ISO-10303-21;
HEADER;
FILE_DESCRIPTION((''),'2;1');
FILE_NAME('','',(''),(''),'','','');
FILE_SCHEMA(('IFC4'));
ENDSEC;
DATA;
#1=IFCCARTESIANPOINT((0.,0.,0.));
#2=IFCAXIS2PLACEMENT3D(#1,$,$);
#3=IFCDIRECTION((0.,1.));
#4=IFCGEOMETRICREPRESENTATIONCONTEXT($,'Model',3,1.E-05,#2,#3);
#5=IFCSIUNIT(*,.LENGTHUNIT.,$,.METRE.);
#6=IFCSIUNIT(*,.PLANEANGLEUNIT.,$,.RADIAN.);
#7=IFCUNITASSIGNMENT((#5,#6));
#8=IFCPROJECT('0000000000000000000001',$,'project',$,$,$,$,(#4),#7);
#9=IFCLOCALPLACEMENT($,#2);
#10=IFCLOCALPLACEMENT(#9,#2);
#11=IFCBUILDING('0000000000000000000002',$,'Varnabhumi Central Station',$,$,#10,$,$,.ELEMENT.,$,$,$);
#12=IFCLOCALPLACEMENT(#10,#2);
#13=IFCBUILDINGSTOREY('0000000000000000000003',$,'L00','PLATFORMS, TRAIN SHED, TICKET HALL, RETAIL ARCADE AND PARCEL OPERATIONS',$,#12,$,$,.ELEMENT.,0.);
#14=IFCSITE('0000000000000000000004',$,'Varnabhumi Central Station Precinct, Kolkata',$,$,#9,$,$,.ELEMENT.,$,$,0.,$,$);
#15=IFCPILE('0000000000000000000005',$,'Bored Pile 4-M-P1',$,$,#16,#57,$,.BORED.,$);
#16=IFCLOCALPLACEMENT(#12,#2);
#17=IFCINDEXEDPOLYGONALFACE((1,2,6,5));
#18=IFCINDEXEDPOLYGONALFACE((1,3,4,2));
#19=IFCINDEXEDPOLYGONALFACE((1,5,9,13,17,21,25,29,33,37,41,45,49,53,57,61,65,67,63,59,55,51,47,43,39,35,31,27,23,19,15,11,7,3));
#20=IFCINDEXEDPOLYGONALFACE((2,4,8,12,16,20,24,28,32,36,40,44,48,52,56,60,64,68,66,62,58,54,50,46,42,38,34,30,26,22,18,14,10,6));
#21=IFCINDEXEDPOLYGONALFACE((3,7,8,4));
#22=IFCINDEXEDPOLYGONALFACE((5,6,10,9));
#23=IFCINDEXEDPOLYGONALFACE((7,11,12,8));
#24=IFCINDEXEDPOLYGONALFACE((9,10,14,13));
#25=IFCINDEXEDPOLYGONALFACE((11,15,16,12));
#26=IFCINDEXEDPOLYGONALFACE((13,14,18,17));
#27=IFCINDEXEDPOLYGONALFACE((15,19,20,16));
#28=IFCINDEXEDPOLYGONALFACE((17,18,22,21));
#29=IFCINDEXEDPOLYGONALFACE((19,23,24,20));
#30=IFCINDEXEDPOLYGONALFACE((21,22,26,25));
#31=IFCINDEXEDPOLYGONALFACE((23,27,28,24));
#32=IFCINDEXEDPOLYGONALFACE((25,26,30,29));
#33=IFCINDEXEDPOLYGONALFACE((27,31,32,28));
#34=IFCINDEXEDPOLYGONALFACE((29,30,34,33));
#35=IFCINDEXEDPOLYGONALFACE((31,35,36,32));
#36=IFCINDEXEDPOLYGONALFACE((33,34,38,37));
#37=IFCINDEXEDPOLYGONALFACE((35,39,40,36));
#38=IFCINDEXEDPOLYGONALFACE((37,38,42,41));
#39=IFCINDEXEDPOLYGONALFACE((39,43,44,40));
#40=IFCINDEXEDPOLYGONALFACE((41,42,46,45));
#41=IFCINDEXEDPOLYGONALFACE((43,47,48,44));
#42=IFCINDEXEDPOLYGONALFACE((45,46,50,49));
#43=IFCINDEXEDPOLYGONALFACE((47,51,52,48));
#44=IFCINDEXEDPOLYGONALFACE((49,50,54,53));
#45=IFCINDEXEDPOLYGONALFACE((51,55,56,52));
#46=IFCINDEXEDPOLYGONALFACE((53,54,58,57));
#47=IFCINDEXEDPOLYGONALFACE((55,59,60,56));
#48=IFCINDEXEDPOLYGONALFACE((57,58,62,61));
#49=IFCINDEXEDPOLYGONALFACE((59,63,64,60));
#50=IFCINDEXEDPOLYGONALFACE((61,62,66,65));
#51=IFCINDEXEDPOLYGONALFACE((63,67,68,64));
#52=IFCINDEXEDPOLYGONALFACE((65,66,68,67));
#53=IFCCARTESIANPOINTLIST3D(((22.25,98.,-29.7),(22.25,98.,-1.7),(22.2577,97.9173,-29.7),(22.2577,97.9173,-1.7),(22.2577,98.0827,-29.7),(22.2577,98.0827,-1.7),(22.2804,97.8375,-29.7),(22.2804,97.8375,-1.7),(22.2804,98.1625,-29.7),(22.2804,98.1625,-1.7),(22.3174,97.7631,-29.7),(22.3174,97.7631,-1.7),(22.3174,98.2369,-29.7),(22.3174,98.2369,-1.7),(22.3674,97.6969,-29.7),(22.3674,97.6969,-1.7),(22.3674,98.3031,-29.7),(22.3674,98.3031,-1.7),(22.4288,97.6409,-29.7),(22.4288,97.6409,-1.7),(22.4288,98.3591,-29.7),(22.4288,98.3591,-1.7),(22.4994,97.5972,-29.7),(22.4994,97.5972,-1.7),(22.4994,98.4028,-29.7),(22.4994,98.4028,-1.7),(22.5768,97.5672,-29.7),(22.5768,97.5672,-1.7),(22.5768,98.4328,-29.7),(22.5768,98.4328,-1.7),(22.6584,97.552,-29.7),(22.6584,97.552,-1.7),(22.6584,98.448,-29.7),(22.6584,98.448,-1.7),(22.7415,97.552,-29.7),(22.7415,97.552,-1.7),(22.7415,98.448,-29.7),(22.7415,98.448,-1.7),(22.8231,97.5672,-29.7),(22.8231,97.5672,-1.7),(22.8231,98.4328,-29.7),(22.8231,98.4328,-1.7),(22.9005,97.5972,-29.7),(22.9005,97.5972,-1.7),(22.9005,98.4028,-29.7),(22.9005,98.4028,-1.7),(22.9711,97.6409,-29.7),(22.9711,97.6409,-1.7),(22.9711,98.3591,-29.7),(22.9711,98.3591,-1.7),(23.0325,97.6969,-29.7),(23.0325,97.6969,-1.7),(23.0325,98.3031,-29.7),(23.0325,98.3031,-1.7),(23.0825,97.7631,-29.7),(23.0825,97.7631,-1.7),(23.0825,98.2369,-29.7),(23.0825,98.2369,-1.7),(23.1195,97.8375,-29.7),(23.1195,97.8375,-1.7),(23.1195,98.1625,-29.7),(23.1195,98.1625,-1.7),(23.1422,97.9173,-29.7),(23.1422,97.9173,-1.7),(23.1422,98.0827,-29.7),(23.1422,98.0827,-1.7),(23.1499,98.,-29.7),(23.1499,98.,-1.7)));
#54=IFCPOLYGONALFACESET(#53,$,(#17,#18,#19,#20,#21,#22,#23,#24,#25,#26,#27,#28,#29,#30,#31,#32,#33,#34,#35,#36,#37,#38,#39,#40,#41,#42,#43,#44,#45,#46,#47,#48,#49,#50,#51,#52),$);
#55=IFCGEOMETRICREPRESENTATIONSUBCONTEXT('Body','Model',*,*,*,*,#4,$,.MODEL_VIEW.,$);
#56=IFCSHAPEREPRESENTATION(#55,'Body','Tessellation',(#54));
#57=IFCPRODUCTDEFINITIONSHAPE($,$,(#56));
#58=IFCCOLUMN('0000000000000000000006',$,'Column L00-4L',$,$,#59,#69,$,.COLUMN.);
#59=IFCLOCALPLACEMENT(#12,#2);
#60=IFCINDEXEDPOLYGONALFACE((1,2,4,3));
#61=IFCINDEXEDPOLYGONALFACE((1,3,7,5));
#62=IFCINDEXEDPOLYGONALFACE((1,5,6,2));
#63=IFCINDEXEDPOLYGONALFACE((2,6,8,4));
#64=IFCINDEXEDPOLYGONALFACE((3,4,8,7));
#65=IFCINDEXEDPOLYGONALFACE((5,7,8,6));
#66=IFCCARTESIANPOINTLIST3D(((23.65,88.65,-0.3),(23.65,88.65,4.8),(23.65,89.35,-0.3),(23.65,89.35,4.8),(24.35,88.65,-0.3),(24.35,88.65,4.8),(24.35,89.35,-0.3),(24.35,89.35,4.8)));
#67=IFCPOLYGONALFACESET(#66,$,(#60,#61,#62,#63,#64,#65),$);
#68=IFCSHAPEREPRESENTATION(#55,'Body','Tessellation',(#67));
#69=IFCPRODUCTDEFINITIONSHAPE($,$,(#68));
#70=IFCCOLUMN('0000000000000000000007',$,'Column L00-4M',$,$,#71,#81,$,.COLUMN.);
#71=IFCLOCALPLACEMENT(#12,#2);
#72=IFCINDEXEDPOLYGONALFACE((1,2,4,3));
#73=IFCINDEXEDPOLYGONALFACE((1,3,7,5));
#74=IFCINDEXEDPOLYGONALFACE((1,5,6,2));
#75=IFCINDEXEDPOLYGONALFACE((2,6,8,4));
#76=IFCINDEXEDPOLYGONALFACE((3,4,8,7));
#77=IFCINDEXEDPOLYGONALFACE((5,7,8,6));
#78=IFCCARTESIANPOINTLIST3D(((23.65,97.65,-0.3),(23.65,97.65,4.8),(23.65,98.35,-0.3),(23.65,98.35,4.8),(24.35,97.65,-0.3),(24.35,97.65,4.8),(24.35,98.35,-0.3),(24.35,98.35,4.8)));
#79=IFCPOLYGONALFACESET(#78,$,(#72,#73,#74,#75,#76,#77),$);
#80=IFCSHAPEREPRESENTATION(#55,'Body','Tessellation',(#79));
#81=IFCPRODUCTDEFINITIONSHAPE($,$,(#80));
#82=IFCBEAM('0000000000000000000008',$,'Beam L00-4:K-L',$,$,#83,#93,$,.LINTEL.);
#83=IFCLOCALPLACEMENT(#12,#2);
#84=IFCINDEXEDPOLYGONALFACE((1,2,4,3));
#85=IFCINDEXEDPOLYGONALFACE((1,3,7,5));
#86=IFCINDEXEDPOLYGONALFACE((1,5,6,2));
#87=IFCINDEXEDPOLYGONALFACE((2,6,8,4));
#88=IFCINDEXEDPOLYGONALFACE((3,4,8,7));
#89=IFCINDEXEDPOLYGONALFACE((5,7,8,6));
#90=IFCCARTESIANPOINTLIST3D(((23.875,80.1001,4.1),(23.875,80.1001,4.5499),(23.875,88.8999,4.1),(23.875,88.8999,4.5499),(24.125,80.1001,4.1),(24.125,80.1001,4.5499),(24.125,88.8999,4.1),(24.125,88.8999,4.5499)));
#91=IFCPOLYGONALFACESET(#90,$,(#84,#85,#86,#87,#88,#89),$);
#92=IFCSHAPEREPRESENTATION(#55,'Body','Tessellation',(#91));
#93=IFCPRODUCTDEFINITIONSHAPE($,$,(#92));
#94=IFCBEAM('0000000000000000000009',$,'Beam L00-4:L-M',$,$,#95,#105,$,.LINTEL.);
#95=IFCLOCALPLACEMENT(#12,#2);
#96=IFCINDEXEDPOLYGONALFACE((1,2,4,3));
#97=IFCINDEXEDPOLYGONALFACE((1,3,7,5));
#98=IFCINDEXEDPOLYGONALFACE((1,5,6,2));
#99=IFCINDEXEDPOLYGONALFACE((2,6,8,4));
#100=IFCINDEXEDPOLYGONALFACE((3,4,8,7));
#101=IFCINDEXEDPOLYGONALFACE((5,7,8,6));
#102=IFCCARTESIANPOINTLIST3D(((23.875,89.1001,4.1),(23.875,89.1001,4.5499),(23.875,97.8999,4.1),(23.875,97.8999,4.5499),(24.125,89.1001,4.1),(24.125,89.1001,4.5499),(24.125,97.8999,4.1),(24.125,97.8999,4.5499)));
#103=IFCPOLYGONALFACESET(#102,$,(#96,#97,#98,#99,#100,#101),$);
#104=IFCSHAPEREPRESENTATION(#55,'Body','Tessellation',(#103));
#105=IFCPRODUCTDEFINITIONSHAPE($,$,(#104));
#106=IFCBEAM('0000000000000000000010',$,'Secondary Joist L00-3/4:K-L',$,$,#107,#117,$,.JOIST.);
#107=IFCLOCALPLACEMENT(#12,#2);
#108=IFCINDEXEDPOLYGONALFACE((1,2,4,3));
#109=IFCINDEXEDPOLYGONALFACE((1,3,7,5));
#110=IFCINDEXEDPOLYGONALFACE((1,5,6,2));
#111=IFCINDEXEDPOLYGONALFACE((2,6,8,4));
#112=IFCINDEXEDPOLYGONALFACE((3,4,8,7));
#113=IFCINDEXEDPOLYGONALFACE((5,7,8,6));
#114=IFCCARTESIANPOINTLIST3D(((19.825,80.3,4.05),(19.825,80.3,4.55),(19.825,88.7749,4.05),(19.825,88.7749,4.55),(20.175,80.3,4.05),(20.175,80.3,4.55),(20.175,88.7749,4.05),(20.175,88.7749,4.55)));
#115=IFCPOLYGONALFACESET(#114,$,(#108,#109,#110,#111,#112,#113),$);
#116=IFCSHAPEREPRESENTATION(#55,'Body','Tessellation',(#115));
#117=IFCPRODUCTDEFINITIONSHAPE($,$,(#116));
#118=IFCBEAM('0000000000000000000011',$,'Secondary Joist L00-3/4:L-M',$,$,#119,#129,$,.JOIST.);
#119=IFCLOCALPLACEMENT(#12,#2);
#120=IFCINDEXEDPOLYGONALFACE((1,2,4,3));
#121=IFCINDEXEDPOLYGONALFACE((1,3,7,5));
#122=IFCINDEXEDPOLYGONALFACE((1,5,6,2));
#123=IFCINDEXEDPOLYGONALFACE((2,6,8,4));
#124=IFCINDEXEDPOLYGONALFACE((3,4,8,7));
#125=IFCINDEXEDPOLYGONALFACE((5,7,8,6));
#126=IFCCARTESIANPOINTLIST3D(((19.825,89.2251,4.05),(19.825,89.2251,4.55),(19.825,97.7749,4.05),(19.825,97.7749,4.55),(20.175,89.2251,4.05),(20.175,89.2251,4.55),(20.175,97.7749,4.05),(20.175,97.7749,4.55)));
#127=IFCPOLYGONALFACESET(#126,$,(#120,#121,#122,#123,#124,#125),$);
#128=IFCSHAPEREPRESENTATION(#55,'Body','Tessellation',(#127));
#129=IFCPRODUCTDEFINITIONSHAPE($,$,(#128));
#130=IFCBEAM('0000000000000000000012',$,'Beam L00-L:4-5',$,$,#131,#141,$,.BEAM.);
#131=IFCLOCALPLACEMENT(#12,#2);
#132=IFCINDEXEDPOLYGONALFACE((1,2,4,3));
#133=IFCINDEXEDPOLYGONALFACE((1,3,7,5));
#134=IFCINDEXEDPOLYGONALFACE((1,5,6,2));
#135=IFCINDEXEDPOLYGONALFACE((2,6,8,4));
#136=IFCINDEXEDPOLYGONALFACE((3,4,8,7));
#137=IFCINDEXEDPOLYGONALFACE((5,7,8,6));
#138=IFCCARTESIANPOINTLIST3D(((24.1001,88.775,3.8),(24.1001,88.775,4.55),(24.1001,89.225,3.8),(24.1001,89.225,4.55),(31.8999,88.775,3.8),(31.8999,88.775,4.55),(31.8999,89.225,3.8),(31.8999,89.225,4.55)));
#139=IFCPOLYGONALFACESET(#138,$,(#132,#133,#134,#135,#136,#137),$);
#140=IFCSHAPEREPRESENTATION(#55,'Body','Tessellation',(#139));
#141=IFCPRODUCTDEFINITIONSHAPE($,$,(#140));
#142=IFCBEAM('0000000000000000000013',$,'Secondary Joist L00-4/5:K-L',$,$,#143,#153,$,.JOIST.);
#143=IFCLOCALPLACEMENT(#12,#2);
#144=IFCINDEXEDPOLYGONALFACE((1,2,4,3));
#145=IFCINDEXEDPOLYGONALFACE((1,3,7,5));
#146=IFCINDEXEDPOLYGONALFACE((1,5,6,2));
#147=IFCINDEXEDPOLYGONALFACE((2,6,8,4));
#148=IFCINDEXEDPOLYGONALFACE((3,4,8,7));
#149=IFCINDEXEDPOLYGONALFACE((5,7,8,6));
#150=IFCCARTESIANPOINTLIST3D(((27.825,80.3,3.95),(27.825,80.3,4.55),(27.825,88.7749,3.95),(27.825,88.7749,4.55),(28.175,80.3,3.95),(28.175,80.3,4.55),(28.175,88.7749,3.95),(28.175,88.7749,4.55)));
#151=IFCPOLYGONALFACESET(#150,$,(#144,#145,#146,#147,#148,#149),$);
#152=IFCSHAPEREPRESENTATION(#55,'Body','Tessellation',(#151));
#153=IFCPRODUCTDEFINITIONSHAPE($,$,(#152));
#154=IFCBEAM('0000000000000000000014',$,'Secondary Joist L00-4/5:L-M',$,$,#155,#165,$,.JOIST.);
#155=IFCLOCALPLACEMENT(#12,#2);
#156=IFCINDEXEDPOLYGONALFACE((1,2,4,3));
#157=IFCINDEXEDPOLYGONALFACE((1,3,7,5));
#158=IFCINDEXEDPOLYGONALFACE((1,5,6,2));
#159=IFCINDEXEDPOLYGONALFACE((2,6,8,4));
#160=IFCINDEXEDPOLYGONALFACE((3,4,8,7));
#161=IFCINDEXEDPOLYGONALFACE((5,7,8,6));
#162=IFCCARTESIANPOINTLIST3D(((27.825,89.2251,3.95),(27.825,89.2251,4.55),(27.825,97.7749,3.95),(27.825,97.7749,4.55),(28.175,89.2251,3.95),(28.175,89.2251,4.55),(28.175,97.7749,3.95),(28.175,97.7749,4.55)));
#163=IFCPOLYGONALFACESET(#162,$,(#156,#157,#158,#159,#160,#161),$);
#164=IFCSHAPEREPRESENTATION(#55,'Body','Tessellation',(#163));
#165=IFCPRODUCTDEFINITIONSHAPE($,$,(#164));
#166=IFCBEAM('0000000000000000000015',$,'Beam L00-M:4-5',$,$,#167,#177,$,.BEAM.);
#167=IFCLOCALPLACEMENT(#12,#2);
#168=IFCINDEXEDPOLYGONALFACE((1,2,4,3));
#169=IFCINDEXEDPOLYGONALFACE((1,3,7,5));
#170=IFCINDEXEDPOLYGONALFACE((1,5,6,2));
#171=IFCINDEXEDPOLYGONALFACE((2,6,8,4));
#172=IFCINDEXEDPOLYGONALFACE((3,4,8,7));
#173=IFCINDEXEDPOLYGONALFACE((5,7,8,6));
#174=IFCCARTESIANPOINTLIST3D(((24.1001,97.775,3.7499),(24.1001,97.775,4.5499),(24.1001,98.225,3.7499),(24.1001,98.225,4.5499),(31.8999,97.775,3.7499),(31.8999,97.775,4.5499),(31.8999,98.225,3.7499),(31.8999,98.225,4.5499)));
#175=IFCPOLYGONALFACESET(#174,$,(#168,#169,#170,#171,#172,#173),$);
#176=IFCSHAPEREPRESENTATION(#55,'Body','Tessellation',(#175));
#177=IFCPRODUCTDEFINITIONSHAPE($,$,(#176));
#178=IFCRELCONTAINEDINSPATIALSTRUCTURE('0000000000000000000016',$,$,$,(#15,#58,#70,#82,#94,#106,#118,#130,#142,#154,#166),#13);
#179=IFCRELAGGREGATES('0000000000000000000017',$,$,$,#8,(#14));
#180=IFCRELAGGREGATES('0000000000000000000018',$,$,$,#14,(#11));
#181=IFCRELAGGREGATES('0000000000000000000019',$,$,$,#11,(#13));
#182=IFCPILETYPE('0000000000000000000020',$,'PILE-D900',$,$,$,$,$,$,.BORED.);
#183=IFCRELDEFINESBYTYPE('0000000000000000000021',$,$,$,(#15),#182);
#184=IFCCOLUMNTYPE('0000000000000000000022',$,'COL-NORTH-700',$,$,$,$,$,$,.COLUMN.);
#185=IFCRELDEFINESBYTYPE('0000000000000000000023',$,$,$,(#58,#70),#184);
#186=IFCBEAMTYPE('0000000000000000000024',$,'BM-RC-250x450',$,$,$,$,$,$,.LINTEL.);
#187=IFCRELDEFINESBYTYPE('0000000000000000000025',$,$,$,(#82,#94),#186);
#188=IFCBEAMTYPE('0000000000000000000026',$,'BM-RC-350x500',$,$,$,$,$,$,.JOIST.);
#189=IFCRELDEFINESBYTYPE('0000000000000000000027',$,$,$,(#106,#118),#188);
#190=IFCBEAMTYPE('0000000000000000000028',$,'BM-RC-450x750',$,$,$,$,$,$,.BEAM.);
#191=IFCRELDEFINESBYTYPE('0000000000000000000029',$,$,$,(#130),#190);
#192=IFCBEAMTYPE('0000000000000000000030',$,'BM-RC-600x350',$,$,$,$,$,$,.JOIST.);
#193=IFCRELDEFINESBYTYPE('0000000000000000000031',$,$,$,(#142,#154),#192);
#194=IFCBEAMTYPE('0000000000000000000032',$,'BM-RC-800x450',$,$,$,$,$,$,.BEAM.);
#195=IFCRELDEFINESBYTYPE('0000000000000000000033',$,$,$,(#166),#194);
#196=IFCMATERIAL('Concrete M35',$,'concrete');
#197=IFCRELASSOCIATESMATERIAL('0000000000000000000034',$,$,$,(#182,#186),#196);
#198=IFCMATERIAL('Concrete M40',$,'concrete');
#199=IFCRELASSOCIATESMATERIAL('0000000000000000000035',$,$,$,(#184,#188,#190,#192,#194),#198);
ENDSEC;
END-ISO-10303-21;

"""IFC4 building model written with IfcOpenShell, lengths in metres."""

from ifc_helpers import new_model, si_unit, direction, frame, origin, origin_2d, place, context, subcontext, project, spatial, rectangle, circle, extrude, material, material_profile, profile_set, type_object, element, save


model = new_model("IFC4")

# Units and contexts
model_context = context("Model", 3, precision=1e-05, world=origin(), true_north=direction((0.0, 1.0)))
body_context = subcontext(model_context, "Body", "Model", "MODEL_VIEW")
ifc_project = project(units=[si_unit("LENGTHUNIT", "METRE"), si_unit("PLANEANGLEUNIT", "RADIAN")], contexts=[model_context])

# Site, building, storey
site_placement = place(None, origin())
site = spatial("IfcSite", under=ifc_project, at=site_placement, Name="Varnabhumi Central Station Precinct, Kolkata", CompositionType="ELEMENT", RefElevation=0.0)
building_placement = place(site_placement, origin())
building = spatial("IfcBuilding", under=site, at=building_placement, Name="Varnabhumi Central Station", CompositionType="ELEMENT")
storey_placement = place(building_placement, origin())
storey = spatial("IfcBuildingStorey", under=building, at=storey_placement, Name="L00", Description="PLATFORMS, TRAIN SHED, TICKET HALL, RETAIL ARCADE AND PARCEL OPERATIONS", CompositionType="ELEMENT", Elevation=0.0)

# Shared definitions
ifc_material_1 = material(Name="Concrete M40", Category="concrete")

# Pile
ifc_material_2 = material(Name="Concrete M35", Category="concrete")
ifc_material_profile_1 = material_profile(ifc_material_2, circle(Radius=0.45, at=origin_2d()), Name="Concrete M35", Category="concrete")
ifc_profile_set_1 = profile_set([ifc_material_profile_1], Name="Concrete M35")
pile_type_1 = type_object("IfcPileType", Name="PILE-D900", PredefinedType="BORED", material=ifc_profile_set_1)
for number, where, z_axis, x_axis, name in (
    (1, (22.7, 98.0, -1.7), (0.0, 0.0, -1.0), (1.0, 0.0, 0.0), "Bored Pile 4-M-P1"),
):
    element("IfcPile", number, at=place(storey_placement, frame(where, z_axis=z_axis, x_axis=x_axis)), inside=storey, type_object=pile_type_1, Name=name, PredefinedType="BORED", context=body_context, shape_type="SweptSolid", body=[
        extrude(circle(Radius=0.45, at=origin_2d()), origin(), (0.0, 0.0, 1.0), 28.0),
    ])

# Columns
ifc_material_profile_2 = material_profile(ifc_material_1, rectangle(XDim=0.7, YDim=0.7, at=origin_2d()), Name="Concrete M40", Category="concrete")
ifc_profile_set_2 = profile_set([ifc_material_profile_2], Name="Concrete M40")
column_type = type_object("IfcColumnType", Name="COL-NORTH-700", PredefinedType="COLUMN", material=ifc_profile_set_2)
for number, where, z_axis, x_axis, name in (
    (2, (24.0, 89.0, -0.3), (0.0, 0.0, 1.0), (1.0, 0.0, 0.0), "Column L00-4L"),
    (3, (24.0, 98.0, -0.3), (0.0, 0.0, 1.0), (1.0, 0.0, 0.0), "Column L00-4M"),
):
    element("IfcColumn", number, at=place(storey_placement, frame(where, z_axis=z_axis, x_axis=x_axis)), inside=storey, type_object=column_type, Name=name, PredefinedType="COLUMN", context=body_context, shape_type="SweptSolid", body=[
        extrude(rectangle(XDim=0.7, YDim=0.7, at=origin_2d()), origin(), (0.0, 0.0, 1.0), 5.1001),
    ])

# Beams
ifc_material_profile_3 = material_profile(ifc_material_2, rectangle(XDim=0.25, YDim=0.45, at=origin_2d()), Name="Concrete M35", Category="concrete")
ifc_profile_set_3 = profile_set([ifc_material_profile_3], Name="Concrete M35")
beam_type_1 = type_object("IfcBeamType", Name="BM-RC-250x450", PredefinedType="LINTEL", material=ifc_profile_set_3)
for number, where, z_axis, x_axis, name in (
    (4, (24.0, 80.1001, 4.325), (0.0, 1.0, 0.0), (-1.0, 0.0, 0.0), "Beam L00-4:K-L"),
    (5, (24.0, 89.1001, 4.325), (0.0, 1.0, 0.0), (-1.0, 0.0, 0.0), "Beam L00-4:L-M"),
):
    element("IfcBeam", number, at=place(storey_placement, frame(where, z_axis=z_axis, x_axis=x_axis)), inside=storey, type_object=beam_type_1, Name=name, PredefinedType="LINTEL", context=body_context, shape_type="SweptSolid", body=[
        extrude(rectangle(XDim=0.25, YDim=0.45, at=origin_2d()), origin(), (0.0, 0.0, 1.0), 8.7998),
    ])
ifc_material_profile_4 = material_profile(ifc_material_1, rectangle(XDim=0.3501, YDim=0.5, at=origin_2d()), Name="Concrete M40", Category="concrete")
ifc_profile_set_4 = profile_set([ifc_material_profile_4], Name="Concrete M40")
beam_type_2 = type_object("IfcBeamType", Name="BM-RC-350x500", PredefinedType="JOIST", material=ifc_profile_set_4)
beam_1_placement = place(storey_placement, frame((20.0, 80.3, 4.3), z_axis=(0.0, 1.0, 0.0), x_axis=(-1.0, 0.0, 0.0)))
element("IfcBeam", 6, at=beam_1_placement, inside=storey, type_object=beam_type_2, Name="Secondary Joist L00-3/4:K-L", PredefinedType="JOIST", context=body_context, shape_type="SweptSolid", body=[
    extrude(rectangle(XDim=0.3501, YDim=0.5, at=origin_2d()), origin(), (0.0, 0.0, 1.0), 8.4749),
])
beam_2_placement = place(storey_placement, frame((20.0, 89.2251, 4.3), z_axis=(0.0, 1.0, 0.0), x_axis=(-1.0, 0.0, 0.0)))
element("IfcBeam", 7, at=beam_2_placement, inside=storey, type_object=beam_type_2, Name="Secondary Joist L00-3/4:L-M", PredefinedType="JOIST", context=body_context, shape_type="SweptSolid", body=[
    extrude(rectangle(XDim=0.3501, YDim=0.5, at=origin_2d()), origin(), (0.0, 0.0, 1.0), 8.5498),
])
ifc_material_profile_5 = material_profile(ifc_material_1, rectangle(XDim=0.45, YDim=0.75, at=origin_2d()), Name="Concrete M40", Category="concrete")
ifc_profile_set_5 = profile_set([ifc_material_profile_5], Name="Concrete M40")
beam_type_3 = type_object("IfcBeamType", Name="BM-RC-450x750", PredefinedType="BEAM", material=ifc_profile_set_5)
beam_3_placement = place(storey_placement, frame((24.1001, 89.0, 4.175), z_axis=(1.0, 0.0, 0.0), x_axis=(0.0, 1.0, 0.0)))
element("IfcBeam", 8, at=beam_3_placement, inside=storey, type_object=beam_type_3, Name="Beam L00-L:4-5", PredefinedType="BEAM", context=body_context, shape_type="SweptSolid", body=[
    extrude(rectangle(XDim=0.45, YDim=0.75, at=origin_2d()), origin(), (0.0, 0.0, 1.0), 7.7998),
])
ifc_material_profile_6 = material_profile(ifc_material_1, rectangle(XDim=0.3501, YDim=0.6001, at=origin_2d()), Name="Concrete M40", Category="concrete")
ifc_profile_set_6 = profile_set([ifc_material_profile_6], Name="Concrete M40")
beam_type_4 = type_object("IfcBeamType", Name="BM-RC-600x350", PredefinedType="JOIST", material=ifc_profile_set_6)
beam_4_placement = place(storey_placement, frame((28.0, 80.3, 4.25), z_axis=(0.0, 1.0, 0.0), x_axis=(-1.0, 0.0, 0.0)))
element("IfcBeam", 9, at=beam_4_placement, inside=storey, type_object=beam_type_4, Name="Secondary Joist L00-4/5:K-L", PredefinedType="JOIST", context=body_context, shape_type="SweptSolid", body=[
    extrude(rectangle(XDim=0.3501, YDim=0.6001, at=origin_2d()), origin(), (0.0, 0.0, 1.0), 8.4749),
])
beam_5_placement = place(storey_placement, frame((28.0, 89.2251, 4.25), z_axis=(0.0, 1.0, 0.0), x_axis=(-1.0, 0.0, 0.0)))
element("IfcBeam", 10, at=beam_5_placement, inside=storey, type_object=beam_type_4, Name="Secondary Joist L00-4/5:L-M", PredefinedType="JOIST", context=body_context, shape_type="SweptSolid", body=[
    extrude(rectangle(XDim=0.3501, YDim=0.6001, at=origin_2d()), origin(), (0.0, 0.0, 1.0), 8.5498),
])
ifc_material_profile_7 = material_profile(ifc_material_1, rectangle(XDim=0.45, YDim=0.8, at=origin_2d()), Name="Concrete M40", Category="concrete")
ifc_profile_set_7 = profile_set([ifc_material_profile_7], Name="Concrete M40")
beam_type_5 = type_object("IfcBeamType", Name="BM-RC-800x450", PredefinedType="BEAM", material=ifc_profile_set_7)
beam_6_placement = place(storey_placement, frame((24.1001, 98.0, 4.1499), z_axis=(1.0, 0.0, 0.0), x_axis=(0.0, 1.0, 0.0)))
element("IfcBeam", 11, at=beam_6_placement, inside=storey, type_object=beam_type_5, Name="Beam L00-M:4-5", PredefinedType="BEAM", context=body_context, shape_type="SweptSolid", body=[
    extrude(rectangle(XDim=0.45, YDim=0.8, at=origin_2d()), origin(), (0.0, 0.0, 1.0), 7.7998),
])

save(model, "model.ifc")
